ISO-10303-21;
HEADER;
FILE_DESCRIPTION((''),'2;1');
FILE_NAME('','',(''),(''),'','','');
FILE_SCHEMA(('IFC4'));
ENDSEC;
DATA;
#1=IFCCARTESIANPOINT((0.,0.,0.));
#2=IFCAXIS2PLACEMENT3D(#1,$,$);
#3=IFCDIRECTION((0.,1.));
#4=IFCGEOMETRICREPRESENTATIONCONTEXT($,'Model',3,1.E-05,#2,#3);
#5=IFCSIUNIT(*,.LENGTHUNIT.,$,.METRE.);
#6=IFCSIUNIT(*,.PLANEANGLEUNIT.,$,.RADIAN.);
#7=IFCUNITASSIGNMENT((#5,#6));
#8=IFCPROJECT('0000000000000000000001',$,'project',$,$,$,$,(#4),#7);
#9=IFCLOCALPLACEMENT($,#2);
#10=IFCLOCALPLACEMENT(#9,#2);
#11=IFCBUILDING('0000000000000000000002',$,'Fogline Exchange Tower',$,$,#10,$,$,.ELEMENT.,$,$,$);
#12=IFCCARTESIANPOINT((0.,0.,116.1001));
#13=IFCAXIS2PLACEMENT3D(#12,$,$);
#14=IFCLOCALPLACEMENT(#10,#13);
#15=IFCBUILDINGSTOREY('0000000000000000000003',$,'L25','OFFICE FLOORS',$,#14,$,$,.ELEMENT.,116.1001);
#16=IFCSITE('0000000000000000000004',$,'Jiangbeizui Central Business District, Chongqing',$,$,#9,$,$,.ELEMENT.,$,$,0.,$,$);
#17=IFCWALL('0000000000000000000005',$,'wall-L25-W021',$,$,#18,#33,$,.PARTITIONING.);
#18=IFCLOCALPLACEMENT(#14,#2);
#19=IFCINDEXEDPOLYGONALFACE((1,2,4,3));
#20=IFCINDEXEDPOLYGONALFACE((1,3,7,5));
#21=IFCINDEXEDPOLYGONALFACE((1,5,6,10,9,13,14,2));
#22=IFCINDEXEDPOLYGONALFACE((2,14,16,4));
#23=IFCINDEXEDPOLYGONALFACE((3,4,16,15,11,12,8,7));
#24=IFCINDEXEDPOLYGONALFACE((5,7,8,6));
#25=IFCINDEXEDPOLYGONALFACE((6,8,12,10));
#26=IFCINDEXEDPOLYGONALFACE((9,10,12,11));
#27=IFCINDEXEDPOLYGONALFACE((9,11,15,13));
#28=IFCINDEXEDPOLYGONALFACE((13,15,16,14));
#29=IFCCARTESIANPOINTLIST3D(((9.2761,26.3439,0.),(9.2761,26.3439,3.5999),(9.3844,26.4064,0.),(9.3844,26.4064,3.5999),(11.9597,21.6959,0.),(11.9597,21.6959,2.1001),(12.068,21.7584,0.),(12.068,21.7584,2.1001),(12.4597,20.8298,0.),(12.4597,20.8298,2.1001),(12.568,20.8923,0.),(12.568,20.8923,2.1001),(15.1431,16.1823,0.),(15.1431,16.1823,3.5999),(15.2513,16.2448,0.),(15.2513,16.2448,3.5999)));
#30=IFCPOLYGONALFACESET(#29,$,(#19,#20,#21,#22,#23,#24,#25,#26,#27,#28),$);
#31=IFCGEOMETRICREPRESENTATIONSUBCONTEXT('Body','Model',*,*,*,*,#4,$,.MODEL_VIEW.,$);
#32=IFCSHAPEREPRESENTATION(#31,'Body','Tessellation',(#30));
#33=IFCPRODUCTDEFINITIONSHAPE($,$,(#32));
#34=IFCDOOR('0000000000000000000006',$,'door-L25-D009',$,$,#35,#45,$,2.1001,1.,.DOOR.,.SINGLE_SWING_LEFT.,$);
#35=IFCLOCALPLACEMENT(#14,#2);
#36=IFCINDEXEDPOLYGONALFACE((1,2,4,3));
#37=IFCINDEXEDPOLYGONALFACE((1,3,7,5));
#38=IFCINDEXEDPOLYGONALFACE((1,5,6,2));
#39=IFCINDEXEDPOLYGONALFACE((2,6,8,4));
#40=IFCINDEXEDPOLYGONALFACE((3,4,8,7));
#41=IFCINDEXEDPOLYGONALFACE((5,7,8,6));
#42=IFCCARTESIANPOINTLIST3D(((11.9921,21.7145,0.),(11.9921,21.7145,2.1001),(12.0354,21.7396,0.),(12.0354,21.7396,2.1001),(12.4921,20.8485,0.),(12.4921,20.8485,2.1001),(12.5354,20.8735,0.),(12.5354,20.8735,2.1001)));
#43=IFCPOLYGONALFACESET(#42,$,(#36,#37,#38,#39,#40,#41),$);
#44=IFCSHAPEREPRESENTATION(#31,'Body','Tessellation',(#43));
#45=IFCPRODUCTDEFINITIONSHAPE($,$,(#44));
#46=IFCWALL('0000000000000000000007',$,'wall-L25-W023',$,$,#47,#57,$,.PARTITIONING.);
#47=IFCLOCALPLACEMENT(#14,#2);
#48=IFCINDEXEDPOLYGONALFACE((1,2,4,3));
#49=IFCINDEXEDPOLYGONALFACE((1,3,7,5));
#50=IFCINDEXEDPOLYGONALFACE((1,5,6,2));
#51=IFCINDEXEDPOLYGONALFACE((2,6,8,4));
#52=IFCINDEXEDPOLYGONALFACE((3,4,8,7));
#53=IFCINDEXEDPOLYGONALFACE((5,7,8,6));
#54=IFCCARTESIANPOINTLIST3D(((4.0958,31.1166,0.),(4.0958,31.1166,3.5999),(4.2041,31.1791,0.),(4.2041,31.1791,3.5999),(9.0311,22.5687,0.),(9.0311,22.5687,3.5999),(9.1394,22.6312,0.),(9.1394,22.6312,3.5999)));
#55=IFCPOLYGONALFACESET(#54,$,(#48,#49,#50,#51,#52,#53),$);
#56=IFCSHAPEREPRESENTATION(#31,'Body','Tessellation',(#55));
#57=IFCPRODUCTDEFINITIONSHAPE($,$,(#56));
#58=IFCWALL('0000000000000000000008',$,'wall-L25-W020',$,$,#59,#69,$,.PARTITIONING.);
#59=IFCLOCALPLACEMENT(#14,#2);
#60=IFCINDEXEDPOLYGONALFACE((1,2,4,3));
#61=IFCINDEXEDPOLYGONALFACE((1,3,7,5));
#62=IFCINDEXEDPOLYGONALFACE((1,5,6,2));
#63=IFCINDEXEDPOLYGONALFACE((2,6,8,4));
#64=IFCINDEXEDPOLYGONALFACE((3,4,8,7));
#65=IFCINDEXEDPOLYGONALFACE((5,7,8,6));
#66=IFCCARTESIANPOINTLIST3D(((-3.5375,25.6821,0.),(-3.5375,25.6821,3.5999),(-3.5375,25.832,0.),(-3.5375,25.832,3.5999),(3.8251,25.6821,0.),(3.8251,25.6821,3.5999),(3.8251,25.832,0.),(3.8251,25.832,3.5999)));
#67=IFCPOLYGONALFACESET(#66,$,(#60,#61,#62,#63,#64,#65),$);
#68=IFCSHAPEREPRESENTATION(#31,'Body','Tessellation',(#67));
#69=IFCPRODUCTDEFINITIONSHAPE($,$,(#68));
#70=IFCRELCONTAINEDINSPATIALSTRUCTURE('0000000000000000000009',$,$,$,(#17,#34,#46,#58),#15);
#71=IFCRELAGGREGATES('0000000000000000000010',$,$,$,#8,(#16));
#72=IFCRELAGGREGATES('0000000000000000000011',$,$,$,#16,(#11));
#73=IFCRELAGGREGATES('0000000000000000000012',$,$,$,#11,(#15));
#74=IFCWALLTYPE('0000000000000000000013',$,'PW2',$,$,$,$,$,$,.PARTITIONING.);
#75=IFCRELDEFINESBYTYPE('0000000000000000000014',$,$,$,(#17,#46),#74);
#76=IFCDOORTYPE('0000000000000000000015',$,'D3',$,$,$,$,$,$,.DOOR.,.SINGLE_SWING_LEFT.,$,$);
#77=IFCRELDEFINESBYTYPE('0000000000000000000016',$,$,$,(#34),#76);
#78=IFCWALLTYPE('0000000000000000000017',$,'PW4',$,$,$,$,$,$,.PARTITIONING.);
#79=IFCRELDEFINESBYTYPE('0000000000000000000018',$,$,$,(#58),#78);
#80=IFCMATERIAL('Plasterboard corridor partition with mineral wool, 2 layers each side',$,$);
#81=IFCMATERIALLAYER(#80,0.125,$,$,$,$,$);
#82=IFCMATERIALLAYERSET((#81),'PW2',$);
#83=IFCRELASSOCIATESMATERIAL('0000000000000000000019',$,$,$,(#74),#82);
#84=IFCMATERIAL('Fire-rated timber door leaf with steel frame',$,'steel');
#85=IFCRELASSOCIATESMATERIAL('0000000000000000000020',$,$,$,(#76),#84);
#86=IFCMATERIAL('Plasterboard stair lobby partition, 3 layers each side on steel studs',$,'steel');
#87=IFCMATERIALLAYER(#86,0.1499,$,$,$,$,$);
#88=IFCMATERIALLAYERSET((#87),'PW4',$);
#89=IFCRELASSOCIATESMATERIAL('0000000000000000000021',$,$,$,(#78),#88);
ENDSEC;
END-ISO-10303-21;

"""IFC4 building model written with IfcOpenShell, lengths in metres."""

from ifc_helpers import new_model, si_unit, direction, frame, frame_2d, origin, place, context, subcontext, project, spatial, rectangle, extrude, material, layer, layer_set, type_object, element, fill, save


model = new_model("IFC4")

# Units and contexts
model_context = context("Model", 3, precision=1e-05, world=origin(), true_north=direction((0.0, 1.0)))
body_context = subcontext(model_context, "Body", "Model", "MODEL_VIEW")
ifc_project = project(units=[si_unit("LENGTHUNIT", "METRE"), si_unit("PLANEANGLEUNIT", "RADIAN")], contexts=[model_context])

# Site, building, storey
site_placement = place(None, origin())
site = spatial("IfcSite", under=ifc_project, at=site_placement, Name="Jiangbeizui Central Business District, Chongqing", CompositionType="ELEMENT", RefElevation=0.0)
building_placement = place(site_placement, origin())
building = spatial("IfcBuilding", under=site, at=building_placement, Name="Fogline Exchange Tower", CompositionType="ELEMENT")
storey_placement = place(building_placement, frame((0.0, 0.0, 116.1001)))
storey = spatial("IfcBuildingStorey", under=building, at=storey_placement, Name="L25", Description="OFFICE FLOORS", CompositionType="ELEMENT", Elevation=116.1001)

# Wall, opening, door
ifc_material_1 = material(Name="Plasterboard corridor partition with mineral wool, 2 layers each side")
ifc_layer_1 = layer(ifc_material_1, 0.125)
ifc_layer_set_1 = layer_set([ifc_layer_1], Name="PW2")
wall_type_1 = type_object("IfcWallType", Name="PW2", PredefinedType="PARTITIONING", material=ifc_layer_set_1)
wall_1_placement = place(storey_placement, frame((9.3303, 26.375, 0.0), z_axis=(0.0, 0.0, 1.0), x_axis=(0.500008, -0.866021, 0.0)))
wall_1 = element("IfcWall", 1, at=wall_1_placement, inside=storey, type_object=wall_type_1, Name="wall-L25-W021", PredefinedType="PARTITIONING", context=body_context, shape_type="SweptSolid", body=[
    extrude(rectangle(XDim=11.7336, YDim=0.125, at=frame_2d((5.8667, 0.0))), origin(), (0.0, 0.0, 1.0), 3.5999),
])
opening_1_placement = place(wall_1_placement, frame((5.3669, 0.0, 0.0)))
opening_1 = element("IfcOpeningElement", 2, at=opening_1_placement, cuts=wall_1, PredefinedType="OPENING", context=body_context, shape_type="SweptSolid", body=[
    extrude(rectangle(XDim=1.0, YDim=2.1001, at=frame_2d((0.5, 1.05))), frame((0.0, 0.0725, 0.0), z_axis=(0.0, -1.0, 0.0), x_axis=(1.0, 0.0, 0.0)), (0.0, 0.0, 1.0), 0.145),
])
ifc_material_2 = material(Name="Fire-rated timber door leaf with steel frame", Category="steel")
door_type_1 = type_object("IfcDoorType", Name="D3", OperationType="SINGLE_SWING_LEFT", PredefinedType="DOOR", material=ifc_material_2)
door_1_placement = place(opening_1_placement, origin())
door_1 = element("IfcDoor", 3, at=door_1_placement, inside=storey, type_object=door_type_1, Name="door-L25-D009", OperationType="SINGLE_SWING_LEFT", OverallHeight=2.1001, OverallWidth=1.0, PredefinedType="DOOR", context=body_context, shape_type="SweptSolid", body=[
    extrude(rectangle(XDim=1.0, YDim=2.1001, at=frame_2d((0.5, 1.05))), frame((0.0, 0.0249, 0.0), z_axis=(0.0, -1.0, 0.0), x_axis=(1.0, 0.0, 0.0)), (0.0, 0.0, 1.0), 0.05),
])
fill(opening_1, door_1)

# Walls
wall_2_placement = place(storey_placement, frame((9.0852, 22.6001, 0.0), z_axis=(0.0, 0.0, 1.0), x_axis=(-0.500015, 0.866017, 0.0)))
element("IfcWall", 4, at=wall_2_placement, inside=storey, type_object=wall_type_1, Name="wall-L25-W023", PredefinedType="PARTITIONING", context=body_context, shape_type="SweptSolid", body=[
    extrude(rectangle(XDim=9.8704, YDim=0.125, at=frame_2d((4.9351, 0.0))), origin(), (0.0, 0.0, 1.0), 3.5999),
])
ifc_material_3 = material(Name="Plasterboard stair lobby partition, 3 layers each side on steel studs", Category="steel")
ifc_layer_2 = layer(ifc_material_3, 0.1499)
ifc_layer_set_2 = layer_set([ifc_layer_2], Name="PW4")
wall_type_2 = type_object("IfcWallType", Name="PW4", PredefinedType="PARTITIONING", material=ifc_layer_set_2)
wall_3_placement = place(storey_placement, frame((3.825, 25.7571, 0.0), z_axis=(0.0, 0.0, 1.0), x_axis=(-1.0, 0.0, 0.0)))
element("IfcWall", 5, at=wall_3_placement, inside=storey, type_object=wall_type_2, Name="wall-L25-W020", PredefinedType="PARTITIONING", context=body_context, shape_type="SweptSolid", body=[
    extrude(rectangle(XDim=7.3625, YDim=0.1499, at=frame_2d((3.6812, 0.0))), origin(), (0.0, 0.0, 1.0), 3.5999),
])

save(model, "model.ifc")
